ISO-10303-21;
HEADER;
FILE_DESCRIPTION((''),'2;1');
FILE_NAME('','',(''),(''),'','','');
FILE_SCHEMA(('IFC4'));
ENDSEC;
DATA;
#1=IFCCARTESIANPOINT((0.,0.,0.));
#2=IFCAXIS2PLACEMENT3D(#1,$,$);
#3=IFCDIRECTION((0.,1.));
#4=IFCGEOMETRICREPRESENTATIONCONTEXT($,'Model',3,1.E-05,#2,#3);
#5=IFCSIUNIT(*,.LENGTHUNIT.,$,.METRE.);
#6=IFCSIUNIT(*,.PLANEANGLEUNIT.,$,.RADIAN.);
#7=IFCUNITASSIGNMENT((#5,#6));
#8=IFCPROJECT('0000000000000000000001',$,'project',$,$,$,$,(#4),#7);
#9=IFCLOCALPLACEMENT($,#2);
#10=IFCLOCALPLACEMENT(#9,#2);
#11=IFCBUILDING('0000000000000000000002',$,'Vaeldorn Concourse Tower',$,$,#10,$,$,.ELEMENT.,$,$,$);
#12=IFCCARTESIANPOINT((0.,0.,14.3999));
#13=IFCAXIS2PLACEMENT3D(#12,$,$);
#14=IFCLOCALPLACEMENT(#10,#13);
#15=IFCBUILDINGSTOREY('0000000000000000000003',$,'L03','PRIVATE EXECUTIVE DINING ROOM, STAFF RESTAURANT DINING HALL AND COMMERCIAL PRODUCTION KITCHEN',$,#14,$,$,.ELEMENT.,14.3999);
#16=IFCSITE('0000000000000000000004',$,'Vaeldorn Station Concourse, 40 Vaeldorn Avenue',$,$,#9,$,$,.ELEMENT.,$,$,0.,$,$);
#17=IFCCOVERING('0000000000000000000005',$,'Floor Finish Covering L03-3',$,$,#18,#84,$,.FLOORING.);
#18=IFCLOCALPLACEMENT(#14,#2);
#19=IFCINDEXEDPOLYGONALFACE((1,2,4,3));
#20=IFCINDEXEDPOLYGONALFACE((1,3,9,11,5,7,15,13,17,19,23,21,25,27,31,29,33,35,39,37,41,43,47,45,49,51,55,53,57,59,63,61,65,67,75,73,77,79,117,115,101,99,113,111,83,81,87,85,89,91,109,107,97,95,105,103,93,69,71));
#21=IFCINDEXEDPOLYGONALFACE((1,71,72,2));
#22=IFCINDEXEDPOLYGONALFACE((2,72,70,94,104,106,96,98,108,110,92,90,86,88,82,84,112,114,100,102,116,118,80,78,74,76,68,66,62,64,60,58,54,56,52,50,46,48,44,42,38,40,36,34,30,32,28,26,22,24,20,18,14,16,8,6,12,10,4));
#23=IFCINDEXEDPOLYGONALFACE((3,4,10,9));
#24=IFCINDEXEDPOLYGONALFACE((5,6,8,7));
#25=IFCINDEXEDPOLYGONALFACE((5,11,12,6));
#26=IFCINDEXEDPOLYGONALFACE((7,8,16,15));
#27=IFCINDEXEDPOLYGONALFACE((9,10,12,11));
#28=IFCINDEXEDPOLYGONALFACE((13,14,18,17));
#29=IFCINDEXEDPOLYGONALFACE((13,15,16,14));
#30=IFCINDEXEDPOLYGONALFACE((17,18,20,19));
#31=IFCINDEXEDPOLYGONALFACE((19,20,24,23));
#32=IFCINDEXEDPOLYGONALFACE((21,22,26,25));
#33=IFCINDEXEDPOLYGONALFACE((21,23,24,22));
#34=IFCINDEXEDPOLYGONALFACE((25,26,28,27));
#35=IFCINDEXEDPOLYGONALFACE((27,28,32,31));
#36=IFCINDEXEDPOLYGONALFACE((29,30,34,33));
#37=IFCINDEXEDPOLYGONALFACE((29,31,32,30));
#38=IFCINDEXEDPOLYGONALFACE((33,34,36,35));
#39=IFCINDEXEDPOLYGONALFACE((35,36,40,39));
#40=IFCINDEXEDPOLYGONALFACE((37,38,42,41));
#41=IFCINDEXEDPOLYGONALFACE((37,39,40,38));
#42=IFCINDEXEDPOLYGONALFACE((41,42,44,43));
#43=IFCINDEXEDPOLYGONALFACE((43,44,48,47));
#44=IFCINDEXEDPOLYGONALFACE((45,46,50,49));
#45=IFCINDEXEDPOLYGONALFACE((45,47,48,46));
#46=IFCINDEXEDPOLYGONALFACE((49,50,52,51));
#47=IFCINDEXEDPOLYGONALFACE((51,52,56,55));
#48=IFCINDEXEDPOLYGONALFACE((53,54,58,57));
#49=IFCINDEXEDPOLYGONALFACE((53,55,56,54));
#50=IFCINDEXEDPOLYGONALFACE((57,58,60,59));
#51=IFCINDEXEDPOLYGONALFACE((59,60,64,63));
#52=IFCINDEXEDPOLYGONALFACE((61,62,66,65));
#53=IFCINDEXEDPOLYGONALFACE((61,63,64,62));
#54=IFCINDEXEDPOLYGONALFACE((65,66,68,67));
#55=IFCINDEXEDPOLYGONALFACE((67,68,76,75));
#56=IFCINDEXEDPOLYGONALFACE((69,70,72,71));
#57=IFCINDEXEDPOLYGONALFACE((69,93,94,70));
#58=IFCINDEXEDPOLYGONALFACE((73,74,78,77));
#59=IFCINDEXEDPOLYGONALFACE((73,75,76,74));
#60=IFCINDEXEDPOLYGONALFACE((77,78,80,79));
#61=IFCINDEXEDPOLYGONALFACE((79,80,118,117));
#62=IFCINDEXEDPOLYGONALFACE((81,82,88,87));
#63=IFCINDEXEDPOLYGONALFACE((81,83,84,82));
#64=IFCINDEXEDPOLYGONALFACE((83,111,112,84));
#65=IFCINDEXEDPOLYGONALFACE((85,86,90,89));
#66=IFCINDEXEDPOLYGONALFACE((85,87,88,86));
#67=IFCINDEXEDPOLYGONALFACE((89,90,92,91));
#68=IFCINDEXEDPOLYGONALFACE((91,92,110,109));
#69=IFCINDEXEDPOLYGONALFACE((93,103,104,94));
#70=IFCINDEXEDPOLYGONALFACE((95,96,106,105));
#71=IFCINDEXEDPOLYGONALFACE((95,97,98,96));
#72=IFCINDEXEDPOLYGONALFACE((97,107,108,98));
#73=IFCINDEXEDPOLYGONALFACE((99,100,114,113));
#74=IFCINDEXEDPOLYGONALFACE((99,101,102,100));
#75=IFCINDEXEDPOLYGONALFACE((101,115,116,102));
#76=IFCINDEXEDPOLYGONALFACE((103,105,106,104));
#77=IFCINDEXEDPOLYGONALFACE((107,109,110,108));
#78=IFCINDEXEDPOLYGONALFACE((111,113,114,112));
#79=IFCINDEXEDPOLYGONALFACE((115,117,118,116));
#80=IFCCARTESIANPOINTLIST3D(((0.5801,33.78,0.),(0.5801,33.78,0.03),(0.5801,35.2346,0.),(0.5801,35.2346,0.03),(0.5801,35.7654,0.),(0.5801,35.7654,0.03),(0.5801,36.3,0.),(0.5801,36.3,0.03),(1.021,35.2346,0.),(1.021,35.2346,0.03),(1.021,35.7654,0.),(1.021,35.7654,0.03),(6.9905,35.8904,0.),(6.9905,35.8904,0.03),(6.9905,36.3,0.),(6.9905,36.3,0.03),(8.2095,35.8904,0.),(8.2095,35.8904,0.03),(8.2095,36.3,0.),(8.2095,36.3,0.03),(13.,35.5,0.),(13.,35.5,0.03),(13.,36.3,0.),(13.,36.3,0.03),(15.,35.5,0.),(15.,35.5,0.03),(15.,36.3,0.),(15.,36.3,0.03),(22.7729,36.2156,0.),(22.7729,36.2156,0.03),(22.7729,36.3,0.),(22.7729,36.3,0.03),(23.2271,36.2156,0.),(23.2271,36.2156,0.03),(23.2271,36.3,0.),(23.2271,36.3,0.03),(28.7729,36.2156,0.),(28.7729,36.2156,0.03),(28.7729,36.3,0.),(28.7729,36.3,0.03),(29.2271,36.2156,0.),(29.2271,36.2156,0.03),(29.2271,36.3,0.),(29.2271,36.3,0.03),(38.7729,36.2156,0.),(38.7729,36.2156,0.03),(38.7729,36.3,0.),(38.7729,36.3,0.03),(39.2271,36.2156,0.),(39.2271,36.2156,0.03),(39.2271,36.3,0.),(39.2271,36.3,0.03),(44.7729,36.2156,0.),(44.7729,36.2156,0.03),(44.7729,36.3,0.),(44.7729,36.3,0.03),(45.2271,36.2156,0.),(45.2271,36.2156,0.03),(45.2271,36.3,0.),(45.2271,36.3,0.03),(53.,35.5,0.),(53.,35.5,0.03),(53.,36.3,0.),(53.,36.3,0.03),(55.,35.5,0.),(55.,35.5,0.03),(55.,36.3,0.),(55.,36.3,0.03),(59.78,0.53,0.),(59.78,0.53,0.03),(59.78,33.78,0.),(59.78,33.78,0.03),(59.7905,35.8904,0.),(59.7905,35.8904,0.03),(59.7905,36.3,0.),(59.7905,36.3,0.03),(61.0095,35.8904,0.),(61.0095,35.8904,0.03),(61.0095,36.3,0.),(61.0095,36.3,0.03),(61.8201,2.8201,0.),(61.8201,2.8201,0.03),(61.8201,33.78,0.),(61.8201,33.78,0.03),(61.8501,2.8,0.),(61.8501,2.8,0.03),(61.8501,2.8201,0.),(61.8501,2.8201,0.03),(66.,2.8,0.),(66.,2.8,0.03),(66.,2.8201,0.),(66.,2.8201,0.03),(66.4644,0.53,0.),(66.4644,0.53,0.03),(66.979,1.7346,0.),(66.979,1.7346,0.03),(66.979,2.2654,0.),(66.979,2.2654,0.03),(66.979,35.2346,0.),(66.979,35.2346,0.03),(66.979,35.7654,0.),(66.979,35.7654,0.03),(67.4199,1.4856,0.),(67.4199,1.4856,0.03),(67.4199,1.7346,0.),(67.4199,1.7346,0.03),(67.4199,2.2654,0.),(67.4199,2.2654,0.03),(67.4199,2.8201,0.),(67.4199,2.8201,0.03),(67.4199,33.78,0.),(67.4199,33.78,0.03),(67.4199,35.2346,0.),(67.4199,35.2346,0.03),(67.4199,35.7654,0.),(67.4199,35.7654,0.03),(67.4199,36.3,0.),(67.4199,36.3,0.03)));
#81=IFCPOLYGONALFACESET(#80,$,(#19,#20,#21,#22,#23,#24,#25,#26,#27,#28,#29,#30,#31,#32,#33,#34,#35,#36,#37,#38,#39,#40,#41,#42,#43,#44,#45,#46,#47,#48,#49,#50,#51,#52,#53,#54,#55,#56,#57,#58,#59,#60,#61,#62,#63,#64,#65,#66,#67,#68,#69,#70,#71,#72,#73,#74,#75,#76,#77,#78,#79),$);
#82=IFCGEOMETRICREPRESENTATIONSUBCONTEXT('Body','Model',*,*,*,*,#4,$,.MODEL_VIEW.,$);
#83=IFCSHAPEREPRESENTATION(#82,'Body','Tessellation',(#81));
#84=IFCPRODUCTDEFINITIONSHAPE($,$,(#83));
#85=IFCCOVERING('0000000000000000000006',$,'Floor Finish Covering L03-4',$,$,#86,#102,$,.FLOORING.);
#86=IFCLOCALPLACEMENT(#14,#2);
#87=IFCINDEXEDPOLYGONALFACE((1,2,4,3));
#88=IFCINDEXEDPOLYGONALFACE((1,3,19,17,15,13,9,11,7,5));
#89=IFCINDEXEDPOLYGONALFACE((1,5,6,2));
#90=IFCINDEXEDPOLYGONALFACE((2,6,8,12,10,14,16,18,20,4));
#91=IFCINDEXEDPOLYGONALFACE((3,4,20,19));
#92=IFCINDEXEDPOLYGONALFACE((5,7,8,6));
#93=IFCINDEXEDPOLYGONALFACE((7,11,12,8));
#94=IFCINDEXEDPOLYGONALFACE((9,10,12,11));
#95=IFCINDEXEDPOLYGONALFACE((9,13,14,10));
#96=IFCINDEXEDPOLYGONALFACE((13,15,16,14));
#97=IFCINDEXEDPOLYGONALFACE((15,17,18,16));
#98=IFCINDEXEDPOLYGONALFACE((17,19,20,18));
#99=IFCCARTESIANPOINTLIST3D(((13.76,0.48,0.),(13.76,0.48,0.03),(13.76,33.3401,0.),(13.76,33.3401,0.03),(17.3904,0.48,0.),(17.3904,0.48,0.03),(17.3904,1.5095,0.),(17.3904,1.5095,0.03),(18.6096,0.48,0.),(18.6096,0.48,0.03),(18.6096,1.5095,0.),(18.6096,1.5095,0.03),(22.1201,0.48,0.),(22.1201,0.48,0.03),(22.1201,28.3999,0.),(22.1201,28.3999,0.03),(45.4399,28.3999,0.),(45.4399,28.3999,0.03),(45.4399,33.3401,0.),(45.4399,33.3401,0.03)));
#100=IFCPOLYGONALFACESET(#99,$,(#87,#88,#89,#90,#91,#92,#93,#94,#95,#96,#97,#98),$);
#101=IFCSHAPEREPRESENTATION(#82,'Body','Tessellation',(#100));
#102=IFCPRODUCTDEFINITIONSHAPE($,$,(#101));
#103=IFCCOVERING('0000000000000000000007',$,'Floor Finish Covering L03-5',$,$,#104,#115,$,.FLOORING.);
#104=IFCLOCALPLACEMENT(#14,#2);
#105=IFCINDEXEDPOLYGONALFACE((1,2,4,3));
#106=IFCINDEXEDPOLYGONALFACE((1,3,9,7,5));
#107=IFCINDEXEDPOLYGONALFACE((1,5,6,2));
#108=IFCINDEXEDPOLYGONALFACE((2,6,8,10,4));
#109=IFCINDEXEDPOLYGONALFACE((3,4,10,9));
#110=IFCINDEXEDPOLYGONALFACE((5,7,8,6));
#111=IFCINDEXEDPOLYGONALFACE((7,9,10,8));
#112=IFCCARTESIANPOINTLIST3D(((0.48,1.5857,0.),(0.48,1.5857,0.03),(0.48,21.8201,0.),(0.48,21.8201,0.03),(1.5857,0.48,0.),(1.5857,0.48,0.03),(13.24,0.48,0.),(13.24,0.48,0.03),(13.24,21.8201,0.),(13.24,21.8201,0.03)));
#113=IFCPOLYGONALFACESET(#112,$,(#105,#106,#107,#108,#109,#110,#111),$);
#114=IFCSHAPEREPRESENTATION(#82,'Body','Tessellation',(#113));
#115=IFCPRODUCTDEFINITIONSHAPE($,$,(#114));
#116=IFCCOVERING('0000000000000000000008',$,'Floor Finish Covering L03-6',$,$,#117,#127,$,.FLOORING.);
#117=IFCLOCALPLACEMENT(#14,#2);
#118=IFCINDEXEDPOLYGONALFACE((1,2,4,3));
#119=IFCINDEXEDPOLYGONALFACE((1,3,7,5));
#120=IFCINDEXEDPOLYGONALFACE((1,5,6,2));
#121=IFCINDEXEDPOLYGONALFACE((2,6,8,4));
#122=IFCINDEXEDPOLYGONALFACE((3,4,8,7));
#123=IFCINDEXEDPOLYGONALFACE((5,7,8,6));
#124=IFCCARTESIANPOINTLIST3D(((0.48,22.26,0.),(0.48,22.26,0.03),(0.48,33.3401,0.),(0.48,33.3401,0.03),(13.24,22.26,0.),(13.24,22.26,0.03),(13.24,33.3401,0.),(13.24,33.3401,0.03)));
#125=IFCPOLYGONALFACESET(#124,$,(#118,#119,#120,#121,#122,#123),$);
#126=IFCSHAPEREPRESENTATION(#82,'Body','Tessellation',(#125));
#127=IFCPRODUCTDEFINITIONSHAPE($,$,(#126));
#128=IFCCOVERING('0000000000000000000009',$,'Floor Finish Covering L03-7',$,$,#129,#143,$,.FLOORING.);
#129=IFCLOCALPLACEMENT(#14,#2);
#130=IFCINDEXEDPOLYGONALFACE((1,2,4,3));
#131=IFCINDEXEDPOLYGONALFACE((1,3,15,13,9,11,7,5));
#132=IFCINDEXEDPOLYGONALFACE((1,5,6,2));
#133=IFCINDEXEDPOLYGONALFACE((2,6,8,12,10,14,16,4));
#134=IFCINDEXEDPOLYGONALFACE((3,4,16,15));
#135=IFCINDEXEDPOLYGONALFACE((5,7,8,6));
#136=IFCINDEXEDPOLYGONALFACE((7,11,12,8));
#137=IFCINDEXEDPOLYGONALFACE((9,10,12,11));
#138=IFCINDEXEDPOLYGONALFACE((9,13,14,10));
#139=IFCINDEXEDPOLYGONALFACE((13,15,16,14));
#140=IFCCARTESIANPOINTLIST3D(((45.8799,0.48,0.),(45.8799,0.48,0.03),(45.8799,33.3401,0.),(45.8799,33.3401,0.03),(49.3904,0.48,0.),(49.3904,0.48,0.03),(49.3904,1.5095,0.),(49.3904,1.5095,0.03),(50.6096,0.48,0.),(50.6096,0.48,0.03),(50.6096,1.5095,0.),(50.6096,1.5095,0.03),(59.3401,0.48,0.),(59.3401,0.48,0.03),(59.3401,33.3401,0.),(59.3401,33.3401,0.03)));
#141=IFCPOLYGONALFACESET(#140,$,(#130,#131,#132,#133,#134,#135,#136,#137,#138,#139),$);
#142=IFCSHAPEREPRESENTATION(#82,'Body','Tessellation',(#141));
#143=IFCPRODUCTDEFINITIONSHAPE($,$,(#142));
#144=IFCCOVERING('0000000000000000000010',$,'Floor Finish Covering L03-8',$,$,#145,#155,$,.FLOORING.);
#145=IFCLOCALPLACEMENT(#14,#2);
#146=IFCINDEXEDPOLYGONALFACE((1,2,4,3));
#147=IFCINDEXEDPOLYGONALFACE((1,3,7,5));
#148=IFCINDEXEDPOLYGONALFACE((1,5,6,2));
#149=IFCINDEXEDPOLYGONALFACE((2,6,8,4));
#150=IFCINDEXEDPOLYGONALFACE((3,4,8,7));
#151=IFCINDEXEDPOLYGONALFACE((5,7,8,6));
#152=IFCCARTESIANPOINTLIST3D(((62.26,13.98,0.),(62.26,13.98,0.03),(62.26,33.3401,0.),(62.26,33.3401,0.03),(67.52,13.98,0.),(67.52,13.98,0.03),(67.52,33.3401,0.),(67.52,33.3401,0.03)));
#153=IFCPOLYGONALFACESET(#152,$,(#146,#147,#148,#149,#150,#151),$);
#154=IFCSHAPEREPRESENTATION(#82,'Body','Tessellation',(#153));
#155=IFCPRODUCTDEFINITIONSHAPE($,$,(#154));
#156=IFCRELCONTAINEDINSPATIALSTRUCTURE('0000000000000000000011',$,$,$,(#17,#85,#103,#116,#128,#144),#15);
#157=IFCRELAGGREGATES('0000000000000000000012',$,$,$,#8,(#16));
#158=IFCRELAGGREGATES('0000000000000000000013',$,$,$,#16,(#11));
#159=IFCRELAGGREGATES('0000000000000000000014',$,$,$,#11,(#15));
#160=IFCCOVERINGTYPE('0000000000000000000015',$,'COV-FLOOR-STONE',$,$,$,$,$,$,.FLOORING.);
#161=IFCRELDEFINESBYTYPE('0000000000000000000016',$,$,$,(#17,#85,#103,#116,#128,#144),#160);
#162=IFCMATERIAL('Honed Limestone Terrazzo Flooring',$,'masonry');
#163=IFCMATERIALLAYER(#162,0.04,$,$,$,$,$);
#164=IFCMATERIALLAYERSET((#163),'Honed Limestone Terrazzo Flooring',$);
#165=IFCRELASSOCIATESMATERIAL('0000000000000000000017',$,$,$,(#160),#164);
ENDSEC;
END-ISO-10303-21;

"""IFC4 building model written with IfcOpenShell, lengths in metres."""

from ifc_helpers import new_model, si_unit, direction, frame, origin, place, context, subcontext, project, spatial, polyline, outline, extrude, material, layer, layer_set, type_object, element, save


model = new_model("IFC4")

# Units and contexts
model_context = context("Model", 3, precision=1e-05, world=origin(), true_north=direction((0.0, 1.0)))
body_context = subcontext(model_context, "Body", "Model", "MODEL_VIEW")
ifc_project = project(units=[si_unit("LENGTHUNIT", "METRE"), si_unit("PLANEANGLEUNIT", "RADIAN")], contexts=[model_context])

# Site, building, storey
site_placement = place(None, origin())
site = spatial("IfcSite", under=ifc_project, at=site_placement, Name="Vaeldorn Station Concourse, 40 Vaeldorn Avenue", CompositionType="ELEMENT", RefElevation=0.0)
building_placement = place(site_placement, origin())
building = spatial("IfcBuilding", under=site, at=building_placement, Name="Vaeldorn Concourse Tower", CompositionType="ELEMENT")
storey_placement = place(building_placement, frame((0.0, 0.0, 14.3999)))
storey = spatial("IfcBuildingStorey", under=building, at=storey_placement, Name="L03", Description="PRIVATE EXECUTIVE DINING ROOM, STAFF RESTAURANT DINING HALL AND COMMERCIAL PRODUCTION KITCHEN", CompositionType="ELEMENT", Elevation=14.3999)

# Coverings
ifc_material_1 = material(Name="Honed Limestone Terrazzo Flooring", Category="masonry")
ifc_layer_1 = layer(ifc_material_1, 0.04)
ifc_layer_set_1 = layer_set([ifc_layer_1], Name="Honed Limestone Terrazzo Flooring")
covering_type_1 = type_object("IfcCoveringType", Name="COV-FLOOR-STONE", PredefinedType="FLOORING", material=ifc_layer_set_1)
covering_1_placement = place(storey_placement, origin())
element("IfcCovering", 1, at=covering_1_placement, inside=storey, type_object=covering_type_1, Name="Floor Finish Covering L03-3", PredefinedType="FLOORING", context=body_context, shape_type="SweptSolid", body=[
    extrude(outline(polyline([(6.9905, 36.3), (6.9905, 35.8904), (8.2095, 35.8904), (8.2095, 36.3), (13.0, 36.3), (13.0, 35.5), (15.0, 35.5), (15.0, 36.3), (22.7729, 36.3), (22.7729, 36.2156), (23.2271, 36.2156), (23.2271, 36.3), (28.7729, 36.3), (28.7729, 36.2156), (29.2271, 36.2156), (29.2271, 36.3), (38.7729, 36.3), (38.7729, 36.2156), (39.2271, 36.2156), (39.2271, 36.3), (44.7729, 36.3), (44.7729, 36.2156), (45.2271, 36.2156), (45.2271, 36.3), (53.0, 36.3), (53.0, 35.5), (55.0, 35.5), (55.0, 36.3), (59.7905, 36.3), (59.7905, 35.8904), (61.0095, 35.8904), (61.0095, 36.3), (67.4199, 36.3), (67.4199, 35.7654), (66.979, 35.7654), (66.979, 35.2346), (67.4199, 35.2346), (67.4199, 33.78), (61.8201, 33.78), (61.8201, 2.8201), (61.8501, 2.8201), (61.8501, 2.8), (66.0, 2.8), (66.0, 2.8201), (67.4199, 2.8201), (67.4199, 2.2654), (66.979, 2.2654), (66.979, 1.7346), (67.4199, 1.7346), (67.4199, 1.4856), (66.4644, 0.53), (59.78, 0.53), (59.78, 33.78), (0.5801, 33.78), (0.5801, 35.2346), (1.021, 35.2346), (1.021, 35.7654), (0.5801, 35.7654), (0.5801, 36.3), (6.9905, 36.3)])), origin(), (0.0, 0.0, 1.0), 0.03),
])
covering_2_placement = place(storey_placement, origin())
element("IfcCovering", 2, at=covering_2_placement, inside=storey, type_object=covering_type_1, Name="Floor Finish Covering L03-4", PredefinedType="FLOORING", context=body_context, shape_type="SweptSolid", body=[
    extrude(outline(polyline([(13.76, 33.3401), (45.4399, 33.3401), (45.4399, 28.3999), (22.1201, 28.3999), (22.1201, 0.48), (18.6096, 0.48), (18.6096, 1.5095), (17.3904, 1.5095), (17.3904, 0.48), (13.76, 0.48), (13.76, 33.3401)])), origin(), (0.0, 0.0, 1.0), 0.03),
])
covering_3_placement = place(storey_placement, origin())
element("IfcCovering", 3, at=covering_3_placement, inside=storey, type_object=covering_type_1, Name="Floor Finish Covering L03-5", PredefinedType="FLOORING", context=body_context, shape_type="SweptSolid", body=[
    extrude(outline(polyline([(0.48, 21.8201), (13.24, 21.8201), (13.24, 0.48), (1.5857, 0.48), (0.48, 1.5857), (0.48, 21.8201)])), origin(), (0.0, 0.0, 1.0), 0.03),
])
covering_4_placement = place(storey_placement, origin())
element("IfcCovering", 4, at=covering_4_placement, inside=storey, type_object=covering_type_1, Name="Floor Finish Covering L03-6", PredefinedType="FLOORING", context=body_context, shape_type="SweptSolid", body=[
    extrude(outline(polyline([(0.48, 33.3401), (13.24, 33.3401), (13.24, 22.26), (0.48, 22.26), (0.48, 33.3401)])), origin(), (0.0, 0.0, 1.0), 0.03),
])
covering_5_placement = place(storey_placement, origin())
element("IfcCovering", 5, at=covering_5_placement, inside=storey, type_object=covering_type_1, Name="Floor Finish Covering L03-7", PredefinedType="FLOORING", context=body_context, shape_type="SweptSolid", body=[
    extrude(outline(polyline([(45.8799, 33.3401), (59.3401, 33.3401), (59.3401, 0.48), (50.6096, 0.48), (50.6096, 1.5095), (49.3904, 1.5095), (49.3904, 0.48), (45.8799, 0.48), (45.8799, 33.3401)])), origin(), (0.0, 0.0, 1.0), 0.03),
])
covering_6_placement = place(storey_placement, origin())
element("IfcCovering", 6, at=covering_6_placement, inside=storey, type_object=covering_type_1, Name="Floor Finish Covering L03-8", PredefinedType="FLOORING", context=body_context, shape_type="SweptSolid", body=[
    extrude(outline(polyline([(62.26, 33.3401), (67.52, 33.3401), (67.52, 13.98), (62.26, 13.98), (62.26, 33.3401)])), origin(), (0.0, 0.0, 1.0), 0.03),
])

save(model, "model.ifc")
